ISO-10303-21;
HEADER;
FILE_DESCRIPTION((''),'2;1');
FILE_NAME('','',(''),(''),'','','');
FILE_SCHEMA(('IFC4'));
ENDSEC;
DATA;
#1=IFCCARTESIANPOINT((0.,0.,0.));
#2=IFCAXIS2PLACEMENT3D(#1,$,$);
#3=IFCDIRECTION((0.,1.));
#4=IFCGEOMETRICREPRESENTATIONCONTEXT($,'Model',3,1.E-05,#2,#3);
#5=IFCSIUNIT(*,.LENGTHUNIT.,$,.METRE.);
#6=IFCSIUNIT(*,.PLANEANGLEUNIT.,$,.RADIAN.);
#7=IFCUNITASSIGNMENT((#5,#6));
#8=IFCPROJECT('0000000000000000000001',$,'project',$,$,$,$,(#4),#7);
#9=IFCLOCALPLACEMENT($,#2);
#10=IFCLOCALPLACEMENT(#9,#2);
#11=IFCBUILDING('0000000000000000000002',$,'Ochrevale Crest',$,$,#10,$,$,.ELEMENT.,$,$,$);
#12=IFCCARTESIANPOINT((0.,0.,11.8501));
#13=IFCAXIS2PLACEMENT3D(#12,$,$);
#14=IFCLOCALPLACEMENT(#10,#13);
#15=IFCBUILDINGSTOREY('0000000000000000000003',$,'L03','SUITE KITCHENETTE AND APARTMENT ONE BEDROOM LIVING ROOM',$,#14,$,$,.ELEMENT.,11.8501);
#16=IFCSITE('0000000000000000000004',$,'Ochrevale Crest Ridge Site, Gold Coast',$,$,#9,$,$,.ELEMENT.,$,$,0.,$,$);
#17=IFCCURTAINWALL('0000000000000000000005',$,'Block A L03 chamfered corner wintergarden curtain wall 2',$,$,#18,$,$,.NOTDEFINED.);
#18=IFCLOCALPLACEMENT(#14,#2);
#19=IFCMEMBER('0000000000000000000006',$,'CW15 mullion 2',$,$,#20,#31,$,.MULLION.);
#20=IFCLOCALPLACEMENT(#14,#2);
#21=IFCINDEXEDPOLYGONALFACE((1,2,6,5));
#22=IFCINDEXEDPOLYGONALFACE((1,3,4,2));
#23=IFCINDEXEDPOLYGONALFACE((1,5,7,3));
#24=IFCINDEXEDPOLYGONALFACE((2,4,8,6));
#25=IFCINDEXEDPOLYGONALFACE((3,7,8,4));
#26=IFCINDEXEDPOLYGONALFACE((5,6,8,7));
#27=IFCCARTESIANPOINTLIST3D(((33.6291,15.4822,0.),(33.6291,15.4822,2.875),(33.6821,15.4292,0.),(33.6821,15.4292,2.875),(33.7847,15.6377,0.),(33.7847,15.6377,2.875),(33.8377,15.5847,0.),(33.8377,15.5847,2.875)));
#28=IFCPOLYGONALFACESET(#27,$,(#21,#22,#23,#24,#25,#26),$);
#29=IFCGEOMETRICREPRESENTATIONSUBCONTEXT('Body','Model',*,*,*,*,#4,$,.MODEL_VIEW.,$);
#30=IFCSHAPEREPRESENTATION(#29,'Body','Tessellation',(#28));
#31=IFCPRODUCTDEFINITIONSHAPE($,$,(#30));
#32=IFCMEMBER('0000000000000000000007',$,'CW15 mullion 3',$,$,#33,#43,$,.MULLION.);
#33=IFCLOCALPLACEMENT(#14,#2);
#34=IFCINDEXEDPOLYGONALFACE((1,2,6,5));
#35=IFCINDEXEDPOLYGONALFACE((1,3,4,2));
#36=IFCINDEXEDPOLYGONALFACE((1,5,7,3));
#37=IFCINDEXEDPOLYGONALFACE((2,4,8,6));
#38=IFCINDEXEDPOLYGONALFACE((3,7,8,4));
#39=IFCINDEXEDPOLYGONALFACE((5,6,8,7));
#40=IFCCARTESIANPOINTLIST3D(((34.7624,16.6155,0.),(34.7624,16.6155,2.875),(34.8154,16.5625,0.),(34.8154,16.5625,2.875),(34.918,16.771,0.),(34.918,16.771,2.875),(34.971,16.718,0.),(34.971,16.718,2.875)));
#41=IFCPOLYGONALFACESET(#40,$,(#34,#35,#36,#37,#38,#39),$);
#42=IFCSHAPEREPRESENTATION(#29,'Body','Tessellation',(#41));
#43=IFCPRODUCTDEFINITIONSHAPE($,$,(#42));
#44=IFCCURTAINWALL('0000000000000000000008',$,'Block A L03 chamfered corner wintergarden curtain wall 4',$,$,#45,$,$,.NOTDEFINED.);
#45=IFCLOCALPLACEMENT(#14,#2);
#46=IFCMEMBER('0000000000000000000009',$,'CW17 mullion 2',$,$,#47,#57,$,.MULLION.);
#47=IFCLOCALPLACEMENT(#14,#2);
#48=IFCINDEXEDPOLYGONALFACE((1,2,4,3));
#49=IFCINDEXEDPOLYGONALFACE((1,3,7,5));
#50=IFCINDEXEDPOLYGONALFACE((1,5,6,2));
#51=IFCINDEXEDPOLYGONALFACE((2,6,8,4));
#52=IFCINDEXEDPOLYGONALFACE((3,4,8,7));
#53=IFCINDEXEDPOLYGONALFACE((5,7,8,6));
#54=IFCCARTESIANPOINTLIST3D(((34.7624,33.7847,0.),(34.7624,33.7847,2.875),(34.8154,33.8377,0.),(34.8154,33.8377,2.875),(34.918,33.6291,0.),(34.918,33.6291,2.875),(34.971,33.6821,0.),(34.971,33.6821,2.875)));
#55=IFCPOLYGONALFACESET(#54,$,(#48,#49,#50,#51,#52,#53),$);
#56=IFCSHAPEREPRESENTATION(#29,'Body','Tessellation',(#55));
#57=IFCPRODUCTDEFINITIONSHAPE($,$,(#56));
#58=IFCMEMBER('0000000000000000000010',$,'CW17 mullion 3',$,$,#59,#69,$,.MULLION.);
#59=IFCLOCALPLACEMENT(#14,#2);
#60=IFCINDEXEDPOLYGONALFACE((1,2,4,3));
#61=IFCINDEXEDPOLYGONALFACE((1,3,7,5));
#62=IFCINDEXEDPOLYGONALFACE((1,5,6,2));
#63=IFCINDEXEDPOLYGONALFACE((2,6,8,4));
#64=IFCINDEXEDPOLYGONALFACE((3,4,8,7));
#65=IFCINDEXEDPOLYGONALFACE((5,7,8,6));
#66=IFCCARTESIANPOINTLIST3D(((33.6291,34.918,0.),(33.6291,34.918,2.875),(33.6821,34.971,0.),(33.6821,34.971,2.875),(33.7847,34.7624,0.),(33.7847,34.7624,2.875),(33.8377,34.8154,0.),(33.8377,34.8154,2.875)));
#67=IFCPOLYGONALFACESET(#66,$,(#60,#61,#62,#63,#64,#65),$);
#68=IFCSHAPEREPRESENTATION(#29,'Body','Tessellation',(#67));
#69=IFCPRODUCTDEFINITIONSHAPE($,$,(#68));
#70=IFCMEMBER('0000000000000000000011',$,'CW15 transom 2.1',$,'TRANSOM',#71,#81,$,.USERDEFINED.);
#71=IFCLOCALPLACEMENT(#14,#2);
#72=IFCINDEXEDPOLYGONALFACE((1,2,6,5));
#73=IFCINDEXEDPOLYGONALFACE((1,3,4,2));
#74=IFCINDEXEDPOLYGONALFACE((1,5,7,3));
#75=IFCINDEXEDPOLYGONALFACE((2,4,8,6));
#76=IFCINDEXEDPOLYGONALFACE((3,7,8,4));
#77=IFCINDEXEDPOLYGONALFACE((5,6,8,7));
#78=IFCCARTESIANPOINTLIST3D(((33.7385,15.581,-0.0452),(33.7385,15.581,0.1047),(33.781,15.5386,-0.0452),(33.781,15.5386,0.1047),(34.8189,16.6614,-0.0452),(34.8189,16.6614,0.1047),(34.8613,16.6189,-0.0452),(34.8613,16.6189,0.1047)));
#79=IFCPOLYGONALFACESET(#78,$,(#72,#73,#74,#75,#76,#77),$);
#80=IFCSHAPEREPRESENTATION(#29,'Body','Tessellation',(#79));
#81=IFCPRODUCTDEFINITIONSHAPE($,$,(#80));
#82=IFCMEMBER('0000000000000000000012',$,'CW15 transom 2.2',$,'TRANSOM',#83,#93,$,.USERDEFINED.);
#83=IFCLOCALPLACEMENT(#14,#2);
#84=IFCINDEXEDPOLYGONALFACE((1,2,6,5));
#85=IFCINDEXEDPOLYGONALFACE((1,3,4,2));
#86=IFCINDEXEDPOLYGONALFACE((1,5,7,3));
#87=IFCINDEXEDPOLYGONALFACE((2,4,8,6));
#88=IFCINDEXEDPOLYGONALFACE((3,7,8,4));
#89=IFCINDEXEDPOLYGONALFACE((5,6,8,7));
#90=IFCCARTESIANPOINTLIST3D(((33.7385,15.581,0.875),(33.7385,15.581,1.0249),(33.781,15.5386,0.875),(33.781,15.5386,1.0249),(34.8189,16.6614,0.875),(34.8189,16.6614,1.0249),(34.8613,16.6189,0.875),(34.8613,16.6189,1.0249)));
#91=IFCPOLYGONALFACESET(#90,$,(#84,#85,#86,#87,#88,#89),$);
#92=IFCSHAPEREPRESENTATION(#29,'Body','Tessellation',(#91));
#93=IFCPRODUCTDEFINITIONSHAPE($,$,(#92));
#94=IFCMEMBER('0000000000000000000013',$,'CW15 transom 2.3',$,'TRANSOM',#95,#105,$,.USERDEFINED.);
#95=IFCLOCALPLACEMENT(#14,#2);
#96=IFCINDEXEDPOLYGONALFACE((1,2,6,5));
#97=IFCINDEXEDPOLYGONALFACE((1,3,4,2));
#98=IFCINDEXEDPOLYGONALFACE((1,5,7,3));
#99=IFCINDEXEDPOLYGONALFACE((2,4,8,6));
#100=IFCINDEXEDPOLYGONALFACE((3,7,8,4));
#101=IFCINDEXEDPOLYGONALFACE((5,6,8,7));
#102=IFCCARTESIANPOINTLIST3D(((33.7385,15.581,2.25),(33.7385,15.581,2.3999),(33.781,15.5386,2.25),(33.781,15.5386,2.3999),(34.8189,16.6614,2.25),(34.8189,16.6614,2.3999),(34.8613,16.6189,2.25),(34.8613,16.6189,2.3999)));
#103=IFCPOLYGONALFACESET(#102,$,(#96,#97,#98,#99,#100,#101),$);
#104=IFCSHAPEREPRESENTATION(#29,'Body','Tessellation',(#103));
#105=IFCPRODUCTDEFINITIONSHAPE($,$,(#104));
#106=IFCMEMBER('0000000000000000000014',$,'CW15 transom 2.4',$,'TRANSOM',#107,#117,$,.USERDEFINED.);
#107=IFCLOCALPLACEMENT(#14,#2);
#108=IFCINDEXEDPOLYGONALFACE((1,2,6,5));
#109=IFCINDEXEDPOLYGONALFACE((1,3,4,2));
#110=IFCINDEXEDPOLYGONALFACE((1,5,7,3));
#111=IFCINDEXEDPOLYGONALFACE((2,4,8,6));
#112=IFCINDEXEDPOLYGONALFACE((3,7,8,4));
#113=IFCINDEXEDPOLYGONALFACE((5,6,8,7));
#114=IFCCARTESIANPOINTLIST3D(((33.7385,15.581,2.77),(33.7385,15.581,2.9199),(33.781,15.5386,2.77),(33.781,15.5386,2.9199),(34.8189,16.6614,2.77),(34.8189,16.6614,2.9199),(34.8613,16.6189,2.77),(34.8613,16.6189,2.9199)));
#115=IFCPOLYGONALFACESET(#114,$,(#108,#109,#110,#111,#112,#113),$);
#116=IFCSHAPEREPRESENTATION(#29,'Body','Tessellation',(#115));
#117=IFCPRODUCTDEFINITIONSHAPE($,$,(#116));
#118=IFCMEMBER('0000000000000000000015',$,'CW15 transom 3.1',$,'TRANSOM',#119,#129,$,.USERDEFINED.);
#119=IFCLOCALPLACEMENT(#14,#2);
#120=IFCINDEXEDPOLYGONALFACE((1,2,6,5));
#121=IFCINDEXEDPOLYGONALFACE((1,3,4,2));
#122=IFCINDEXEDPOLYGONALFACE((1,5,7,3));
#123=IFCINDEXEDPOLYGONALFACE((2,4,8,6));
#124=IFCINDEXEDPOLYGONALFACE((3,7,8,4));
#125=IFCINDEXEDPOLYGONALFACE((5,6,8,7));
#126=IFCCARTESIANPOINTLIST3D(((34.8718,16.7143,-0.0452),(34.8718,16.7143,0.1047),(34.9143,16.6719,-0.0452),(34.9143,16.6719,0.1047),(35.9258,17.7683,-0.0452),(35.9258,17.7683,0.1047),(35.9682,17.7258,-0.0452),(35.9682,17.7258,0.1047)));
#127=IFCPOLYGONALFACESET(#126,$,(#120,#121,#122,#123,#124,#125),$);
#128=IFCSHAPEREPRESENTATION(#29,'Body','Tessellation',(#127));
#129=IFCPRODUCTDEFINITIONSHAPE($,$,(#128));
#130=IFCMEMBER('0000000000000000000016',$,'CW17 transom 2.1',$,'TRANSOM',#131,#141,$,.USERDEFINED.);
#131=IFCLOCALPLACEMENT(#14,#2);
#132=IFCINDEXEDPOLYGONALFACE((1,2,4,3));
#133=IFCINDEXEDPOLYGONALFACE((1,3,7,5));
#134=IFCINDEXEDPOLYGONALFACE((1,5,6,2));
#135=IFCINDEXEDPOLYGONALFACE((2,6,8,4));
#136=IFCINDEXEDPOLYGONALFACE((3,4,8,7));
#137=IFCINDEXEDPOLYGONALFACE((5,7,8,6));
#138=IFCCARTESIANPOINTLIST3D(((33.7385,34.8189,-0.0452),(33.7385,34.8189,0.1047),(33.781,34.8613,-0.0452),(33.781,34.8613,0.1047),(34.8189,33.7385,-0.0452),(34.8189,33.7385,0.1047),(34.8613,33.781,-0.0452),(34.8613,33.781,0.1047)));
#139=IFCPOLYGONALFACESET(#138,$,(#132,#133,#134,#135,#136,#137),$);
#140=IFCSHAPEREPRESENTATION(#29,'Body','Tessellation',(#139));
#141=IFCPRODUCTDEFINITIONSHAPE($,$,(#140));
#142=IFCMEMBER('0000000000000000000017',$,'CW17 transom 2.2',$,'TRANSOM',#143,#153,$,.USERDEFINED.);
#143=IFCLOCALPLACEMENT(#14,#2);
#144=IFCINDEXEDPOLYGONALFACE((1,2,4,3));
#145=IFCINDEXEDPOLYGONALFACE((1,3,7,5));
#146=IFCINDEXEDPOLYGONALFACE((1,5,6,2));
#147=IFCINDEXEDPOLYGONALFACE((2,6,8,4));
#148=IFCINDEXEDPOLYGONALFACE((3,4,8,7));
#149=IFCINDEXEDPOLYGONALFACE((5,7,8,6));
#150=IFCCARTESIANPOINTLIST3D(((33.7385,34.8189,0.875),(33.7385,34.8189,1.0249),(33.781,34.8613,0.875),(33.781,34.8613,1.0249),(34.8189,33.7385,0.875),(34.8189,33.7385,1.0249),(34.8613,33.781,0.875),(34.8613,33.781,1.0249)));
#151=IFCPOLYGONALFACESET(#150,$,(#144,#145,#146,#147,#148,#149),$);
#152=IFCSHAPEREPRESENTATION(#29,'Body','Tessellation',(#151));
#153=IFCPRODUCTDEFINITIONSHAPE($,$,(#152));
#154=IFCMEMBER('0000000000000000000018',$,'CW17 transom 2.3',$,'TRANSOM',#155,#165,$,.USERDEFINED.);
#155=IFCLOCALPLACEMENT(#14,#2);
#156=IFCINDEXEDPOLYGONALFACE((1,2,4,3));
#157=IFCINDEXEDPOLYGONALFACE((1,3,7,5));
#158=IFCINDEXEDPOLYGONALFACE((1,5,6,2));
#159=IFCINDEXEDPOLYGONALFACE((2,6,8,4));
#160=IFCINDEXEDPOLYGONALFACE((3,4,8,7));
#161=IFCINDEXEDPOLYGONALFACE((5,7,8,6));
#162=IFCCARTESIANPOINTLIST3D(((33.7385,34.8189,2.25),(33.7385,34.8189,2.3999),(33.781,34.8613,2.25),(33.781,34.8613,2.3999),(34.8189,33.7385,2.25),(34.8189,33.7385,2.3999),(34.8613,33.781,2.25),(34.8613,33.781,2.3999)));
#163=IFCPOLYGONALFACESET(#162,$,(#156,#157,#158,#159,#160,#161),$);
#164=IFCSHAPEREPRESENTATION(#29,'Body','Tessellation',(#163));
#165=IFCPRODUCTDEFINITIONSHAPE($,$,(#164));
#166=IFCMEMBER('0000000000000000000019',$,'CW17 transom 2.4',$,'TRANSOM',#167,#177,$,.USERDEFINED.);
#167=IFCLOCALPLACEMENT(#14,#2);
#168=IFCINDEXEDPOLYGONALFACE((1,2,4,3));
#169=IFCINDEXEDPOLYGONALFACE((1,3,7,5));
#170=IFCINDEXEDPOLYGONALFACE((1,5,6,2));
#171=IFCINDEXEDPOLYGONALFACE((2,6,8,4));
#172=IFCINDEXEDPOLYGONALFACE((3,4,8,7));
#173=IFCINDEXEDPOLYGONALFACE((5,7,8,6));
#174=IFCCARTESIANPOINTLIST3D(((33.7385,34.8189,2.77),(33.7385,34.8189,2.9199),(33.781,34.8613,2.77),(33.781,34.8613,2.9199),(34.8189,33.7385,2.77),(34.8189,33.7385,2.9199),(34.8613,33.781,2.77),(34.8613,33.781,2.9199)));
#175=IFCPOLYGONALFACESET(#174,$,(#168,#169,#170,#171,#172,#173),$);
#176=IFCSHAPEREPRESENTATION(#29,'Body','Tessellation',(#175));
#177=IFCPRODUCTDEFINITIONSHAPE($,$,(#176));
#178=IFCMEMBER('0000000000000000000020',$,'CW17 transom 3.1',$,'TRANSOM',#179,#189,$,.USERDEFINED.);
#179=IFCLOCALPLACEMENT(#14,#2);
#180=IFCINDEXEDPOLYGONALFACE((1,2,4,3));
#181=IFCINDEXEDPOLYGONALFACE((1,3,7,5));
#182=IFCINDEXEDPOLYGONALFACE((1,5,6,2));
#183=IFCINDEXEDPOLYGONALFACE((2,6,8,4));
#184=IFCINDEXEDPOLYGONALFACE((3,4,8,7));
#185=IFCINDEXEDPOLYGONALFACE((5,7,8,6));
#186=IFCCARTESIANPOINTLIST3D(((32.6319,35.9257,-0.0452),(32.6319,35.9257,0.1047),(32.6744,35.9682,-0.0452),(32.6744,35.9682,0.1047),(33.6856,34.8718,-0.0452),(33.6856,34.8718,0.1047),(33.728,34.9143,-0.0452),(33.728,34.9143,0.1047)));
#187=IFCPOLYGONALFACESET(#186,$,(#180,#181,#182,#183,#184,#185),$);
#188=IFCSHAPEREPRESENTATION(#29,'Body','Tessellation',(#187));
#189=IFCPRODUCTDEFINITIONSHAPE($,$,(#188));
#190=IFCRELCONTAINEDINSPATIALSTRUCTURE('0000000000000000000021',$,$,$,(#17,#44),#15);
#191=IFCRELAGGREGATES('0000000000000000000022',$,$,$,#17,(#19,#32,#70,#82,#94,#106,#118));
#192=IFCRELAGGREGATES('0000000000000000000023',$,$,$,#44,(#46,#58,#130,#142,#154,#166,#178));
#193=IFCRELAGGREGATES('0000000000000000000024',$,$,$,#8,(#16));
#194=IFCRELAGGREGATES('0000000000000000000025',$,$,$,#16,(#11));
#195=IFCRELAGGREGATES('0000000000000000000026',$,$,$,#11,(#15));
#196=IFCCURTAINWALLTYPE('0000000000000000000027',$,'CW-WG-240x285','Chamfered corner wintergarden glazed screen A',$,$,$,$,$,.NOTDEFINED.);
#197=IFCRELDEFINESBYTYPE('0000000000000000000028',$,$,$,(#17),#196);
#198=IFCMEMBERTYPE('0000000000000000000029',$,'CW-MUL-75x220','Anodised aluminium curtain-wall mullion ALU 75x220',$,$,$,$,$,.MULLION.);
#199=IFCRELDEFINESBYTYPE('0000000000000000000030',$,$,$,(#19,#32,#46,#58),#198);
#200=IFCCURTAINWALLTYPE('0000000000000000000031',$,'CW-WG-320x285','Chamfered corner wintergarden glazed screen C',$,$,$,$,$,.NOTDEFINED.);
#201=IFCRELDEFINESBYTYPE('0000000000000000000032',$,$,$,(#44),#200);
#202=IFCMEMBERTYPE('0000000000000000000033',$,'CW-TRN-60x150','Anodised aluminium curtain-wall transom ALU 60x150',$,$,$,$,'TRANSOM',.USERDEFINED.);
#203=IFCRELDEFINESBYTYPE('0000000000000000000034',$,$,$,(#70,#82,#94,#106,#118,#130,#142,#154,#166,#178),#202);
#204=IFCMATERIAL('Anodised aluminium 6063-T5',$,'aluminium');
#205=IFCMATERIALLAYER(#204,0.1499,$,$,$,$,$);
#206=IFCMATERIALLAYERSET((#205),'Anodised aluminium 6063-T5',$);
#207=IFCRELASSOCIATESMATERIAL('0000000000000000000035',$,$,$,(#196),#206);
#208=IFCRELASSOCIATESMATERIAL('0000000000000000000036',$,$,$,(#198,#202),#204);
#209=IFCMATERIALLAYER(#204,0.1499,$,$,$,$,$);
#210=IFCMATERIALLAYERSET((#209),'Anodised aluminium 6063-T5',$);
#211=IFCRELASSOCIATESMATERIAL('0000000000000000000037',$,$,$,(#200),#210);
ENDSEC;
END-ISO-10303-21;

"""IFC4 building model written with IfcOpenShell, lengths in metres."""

from ifc_helpers import new_model, si_unit, direction, frame, origin, origin_2d, place, context, subcontext, project, spatial, rectangle, extrude, material, layer, layer_set, material_profile, profile_set, type_object, element, aggregate, save


model = new_model("IFC4")

# Units and contexts
model_context = context("Model", 3, precision=1e-05, world=origin(), true_north=direction((0.0, 1.0)))
body_context = subcontext(model_context, "Body", "Model", "MODEL_VIEW")
ifc_project = project(units=[si_unit("LENGTHUNIT", "METRE"), si_unit("PLANEANGLEUNIT", "RADIAN")], contexts=[model_context])

# Site, building, storey
site_placement = place(None, origin())
site = spatial("IfcSite", under=ifc_project, at=site_placement, Name="Ochrevale Crest Ridge Site, Gold Coast", CompositionType="ELEMENT", RefElevation=0.0)
building_placement = place(site_placement, origin())
building = spatial("IfcBuilding", under=site, at=building_placement, Name="Ochrevale Crest", CompositionType="ELEMENT")
storey_placement = place(building_placement, frame((0.0, 0.0, 11.8501)))
storey = spatial("IfcBuildingStorey", under=building, at=storey_placement, Name="L03", Description="SUITE KITCHENETTE AND APARTMENT ONE BEDROOM LIVING ROOM", CompositionType="ELEMENT", Elevation=11.8501)

# Curtain walls, members
ifc_material_1 = material(Name="Anodised aluminium 6063-T5", Category="aluminium")
ifc_layer_1 = layer(ifc_material_1, 0.1499)
ifc_layer_set_1 = layer_set([ifc_layer_1], Name="Anodised aluminium 6063-T5")
curtain_wall_type_1 = type_object("IfcCurtainWallType", Name="CW-WG-240x285", Description="Chamfered corner wintergarden glazed screen A", PredefinedType="NOTDEFINED", material=ifc_layer_set_1)
curtain_wall_1_placement = place(storey_placement, origin())
curtain_wall_1 = element("IfcCurtainWall", 1, at=curtain_wall_1_placement, inside=storey, type_object=curtain_wall_type_1, Name="Block A L03 chamfered corner wintergarden curtain wall 2", PredefinedType="NOTDEFINED")
ifc_material_profile_1 = material_profile(ifc_material_1, rectangle(XDim=0.075, YDim=0.22, at=origin_2d()), Name="ALU 75x220")
ifc_profile_set_1 = profile_set([ifc_material_profile_1], Name="Anodised aluminium 6063-T5")
member_type_1 = type_object("IfcMemberType", Name="CW-MUL-75x220", Description="Anodised aluminium curtain-wall mullion ALU 75x220", PredefinedType="MULLION", material=ifc_profile_set_1)
member_1_placement = place(storey_placement, frame((33.7334, 15.5334, 0.0), z_axis=(0.0, 0.0, 1.0), x_axis=(-0.707107, 0.707107, 0.0)))
member_1 = element("IfcMember", 2, at=member_1_placement, type_object=member_type_1, Name="CW15 mullion 2", PredefinedType="MULLION", context=body_context, shape_type="SweptSolid", body=[
    extrude(rectangle(XDim=0.075, YDim=0.22, at=origin_2d()), origin(), (0.0, 0.0, 1.0), 2.875),
])
member_2_placement = place(storey_placement, frame((34.8667, 16.6667, 0.0), z_axis=(0.0, 0.0, 1.0), x_axis=(-0.707107, 0.707107, 0.0)))
member_2 = element("IfcMember", 3, at=member_2_placement, type_object=member_type_1, Name="CW15 mullion 3", PredefinedType="MULLION", context=body_context, shape_type="SweptSolid", body=[
    extrude(rectangle(XDim=0.075, YDim=0.22, at=origin_2d()), origin(), (0.0, 0.0, 1.0), 2.875),
])
ifc_layer_2 = layer(ifc_material_1, 0.1499)
ifc_layer_set_2 = layer_set([ifc_layer_2], Name="Anodised aluminium 6063-T5")
curtain_wall_type_2 = type_object("IfcCurtainWallType", Name="CW-WG-320x285", Description="Chamfered corner wintergarden glazed screen C", PredefinedType="NOTDEFINED", material=ifc_layer_set_2)
curtain_wall_2_placement = place(storey_placement, origin())
curtain_wall_2 = element("IfcCurtainWall", 4, at=curtain_wall_2_placement, inside=storey, type_object=curtain_wall_type_2, Name="Block A L03 chamfered corner wintergarden curtain wall 4", PredefinedType="NOTDEFINED")
member_3_placement = place(storey_placement, frame((34.8667, 33.7334, 0.0), z_axis=(0.0, 0.0, 1.0), x_axis=(-0.707107, -0.707107, 0.0)))
member_3 = element("IfcMember", 5, at=member_3_placement, type_object=member_type_1, Name="CW17 mullion 2", PredefinedType="MULLION", context=body_context, shape_type="SweptSolid", body=[
    extrude(rectangle(XDim=0.075, YDim=0.22, at=origin_2d()), origin(), (0.0, 0.0, 1.0), 2.875),
])
member_4_placement = place(storey_placement, frame((33.7334, 34.8667, 0.0), z_axis=(0.0, 0.0, 1.0), x_axis=(-0.707107, -0.707107, 0.0)))
member_4 = element("IfcMember", 6, at=member_4_placement, type_object=member_type_1, Name="CW17 mullion 3", PredefinedType="MULLION", context=body_context, shape_type="SweptSolid", body=[
    extrude(rectangle(XDim=0.075, YDim=0.22, at=origin_2d()), origin(), (0.0, 0.0, 1.0), 2.875),
])

# Members
ifc_material_profile_2 = material_profile(ifc_material_1, rectangle(XDim=0.0601, YDim=0.1499, at=origin_2d()), Name="ALU 60x150")
ifc_profile_set_2 = profile_set([ifc_material_profile_2], Name="Anodised aluminium 6063-T5")
member_type_2 = type_object("IfcMemberType", Name="CW-TRN-60x150", Description="Anodised aluminium curtain-wall transom ALU 60x150", ElementType="TRANSOM", PredefinedType="USERDEFINED", material=ifc_profile_set_2)
member_5_placement = place(storey_placement, frame((33.7598, 15.5598, 0.0298), z_axis=(0.707107, 0.707107, 0.0), x_axis=(-0.707107, 0.707107, 0.0)))
member_5 = element("IfcMember", 7, at=member_5_placement, type_object=member_type_2, Name="CW15 transom 2.1", ObjectType="TRANSOM", PredefinedType="USERDEFINED", context=body_context, shape_type="SweptSolid", body=[
    extrude(rectangle(XDim=0.0601, YDim=0.1499, at=origin_2d()), origin(), (0.0, 0.0, 1.0), 1.5278),
])
member_6_placement = place(storey_placement, frame((33.7598, 15.5598, 0.95), z_axis=(0.707107, 0.707107, 0.0), x_axis=(-0.707107, 0.707107, 0.0)))
member_6 = element("IfcMember", 8, at=member_6_placement, type_object=member_type_2, Name="CW15 transom 2.2", ObjectType="TRANSOM", PredefinedType="USERDEFINED", context=body_context, shape_type="SweptSolid", body=[
    extrude(rectangle(XDim=0.0601, YDim=0.1499, at=origin_2d()), origin(), (0.0, 0.0, 1.0), 1.5278),
])
member_7_placement = place(storey_placement, frame((33.7598, 15.5598, 2.325), z_axis=(0.707107, 0.707107, 0.0), x_axis=(-0.707107, 0.707107, 0.0)))
member_7 = element("IfcMember", 9, at=member_7_placement, type_object=member_type_2, Name="CW15 transom 2.3", ObjectType="TRANSOM", PredefinedType="USERDEFINED", context=body_context, shape_type="SweptSolid", body=[
    extrude(rectangle(XDim=0.0601, YDim=0.1499, at=origin_2d()), origin(), (0.0, 0.0, 1.0), 1.5278),
])
member_8_placement = place(storey_placement, frame((33.7598, 15.5598, 2.845), z_axis=(0.707107, 0.707107, 0.0), x_axis=(-0.707107, 0.707107, 0.0)))
member_8 = element("IfcMember", 10, at=member_8_placement, type_object=member_type_2, Name="CW15 transom 2.4", ObjectType="TRANSOM", PredefinedType="USERDEFINED", context=body_context, shape_type="SweptSolid", body=[
    extrude(rectangle(XDim=0.0601, YDim=0.1499, at=origin_2d()), origin(), (0.0, 0.0, 1.0), 1.5278),
])
member_9_placement = place(storey_placement, frame((34.8931, 16.6931, 0.0298), z_axis=(0.707107, 0.707107, 0.0), x_axis=(-0.707107, 0.707107, 0.0)))
member_9 = element("IfcMember", 11, at=member_9_placement, type_object=member_type_2, Name="CW15 transom 3.1", ObjectType="TRANSOM", PredefinedType="USERDEFINED", context=body_context, shape_type="SweptSolid", body=[
    extrude(rectangle(XDim=0.0601, YDim=0.1499, at=origin_2d()), origin(), (0.0, 0.0, 1.0), 1.4905),
])
member_10_placement = place(storey_placement, frame((34.8401, 33.7598, 0.0298), z_axis=(-0.707107, 0.707107, 0.0), x_axis=(-0.707107, -0.707107, 0.0)))
member_10 = element("IfcMember", 12, at=member_10_placement, type_object=member_type_2, Name="CW17 transom 2.1", ObjectType="TRANSOM", PredefinedType="USERDEFINED", context=body_context, shape_type="SweptSolid", body=[
    extrude(rectangle(XDim=0.0601, YDim=0.1499, at=origin_2d()), origin(), (0.0, 0.0, 1.0), 1.5278),
])
member_11_placement = place(storey_placement, frame((34.8401, 33.7598, 0.95), z_axis=(-0.707107, 0.707107, 0.0), x_axis=(-0.707107, -0.707107, 0.0)))
member_11 = element("IfcMember", 13, at=member_11_placement, type_object=member_type_2, Name="CW17 transom 2.2", ObjectType="TRANSOM", PredefinedType="USERDEFINED", context=body_context, shape_type="SweptSolid", body=[
    extrude(rectangle(XDim=0.0601, YDim=0.1499, at=origin_2d()), origin(), (0.0, 0.0, 1.0), 1.5278),
])
member_12_placement = place(storey_placement, frame((34.8401, 33.7598, 2.325), z_axis=(-0.707107, 0.707107, 0.0), x_axis=(-0.707107, -0.707107, 0.0)))
member_12 = element("IfcMember", 14, at=member_12_placement, type_object=member_type_2, Name="CW17 transom 2.3", ObjectType="TRANSOM", PredefinedType="USERDEFINED", context=body_context, shape_type="SweptSolid", body=[
    extrude(rectangle(XDim=0.0601, YDim=0.1499, at=origin_2d()), origin(), (0.0, 0.0, 1.0), 1.5278),
])
member_13_placement = place(storey_placement, frame((34.8401, 33.7598, 2.845), z_axis=(-0.707107, 0.707107, 0.0), x_axis=(-0.707107, -0.707107, 0.0)))
member_13 = element("IfcMember", 15, at=member_13_placement, type_object=member_type_2, Name="CW17 transom 2.4", ObjectType="TRANSOM", PredefinedType="USERDEFINED", context=body_context, shape_type="SweptSolid", body=[
    extrude(rectangle(XDim=0.0601, YDim=0.1499, at=origin_2d()), origin(), (0.0, 0.0, 1.0), 1.5278),
])
member_14_placement = place(storey_placement, frame((33.7068, 34.8931, 0.0298), z_axis=(-0.707025, 0.707189, 0.0), x_axis=(-0.707189, -0.707025, 0.0)))
member_14 = element("IfcMember", 16, at=member_14_placement, type_object=member_type_2, Name="CW17 transom 3.1", ObjectType="TRANSOM", PredefinedType="USERDEFINED", context=body_context, shape_type="SweptSolid", body=[
    extrude(rectangle(XDim=0.0601, YDim=0.1499, at=origin_2d()), origin(), (0.0, 0.0, 1.0), 1.4902),
])

aggregate(curtain_wall_1, [member_1, member_2, member_5, member_6, member_7, member_8, member_9])
aggregate(curtain_wall_2, [member_3, member_4, member_10, member_11, member_12, member_13, member_14])

save(model, "model.ifc")
